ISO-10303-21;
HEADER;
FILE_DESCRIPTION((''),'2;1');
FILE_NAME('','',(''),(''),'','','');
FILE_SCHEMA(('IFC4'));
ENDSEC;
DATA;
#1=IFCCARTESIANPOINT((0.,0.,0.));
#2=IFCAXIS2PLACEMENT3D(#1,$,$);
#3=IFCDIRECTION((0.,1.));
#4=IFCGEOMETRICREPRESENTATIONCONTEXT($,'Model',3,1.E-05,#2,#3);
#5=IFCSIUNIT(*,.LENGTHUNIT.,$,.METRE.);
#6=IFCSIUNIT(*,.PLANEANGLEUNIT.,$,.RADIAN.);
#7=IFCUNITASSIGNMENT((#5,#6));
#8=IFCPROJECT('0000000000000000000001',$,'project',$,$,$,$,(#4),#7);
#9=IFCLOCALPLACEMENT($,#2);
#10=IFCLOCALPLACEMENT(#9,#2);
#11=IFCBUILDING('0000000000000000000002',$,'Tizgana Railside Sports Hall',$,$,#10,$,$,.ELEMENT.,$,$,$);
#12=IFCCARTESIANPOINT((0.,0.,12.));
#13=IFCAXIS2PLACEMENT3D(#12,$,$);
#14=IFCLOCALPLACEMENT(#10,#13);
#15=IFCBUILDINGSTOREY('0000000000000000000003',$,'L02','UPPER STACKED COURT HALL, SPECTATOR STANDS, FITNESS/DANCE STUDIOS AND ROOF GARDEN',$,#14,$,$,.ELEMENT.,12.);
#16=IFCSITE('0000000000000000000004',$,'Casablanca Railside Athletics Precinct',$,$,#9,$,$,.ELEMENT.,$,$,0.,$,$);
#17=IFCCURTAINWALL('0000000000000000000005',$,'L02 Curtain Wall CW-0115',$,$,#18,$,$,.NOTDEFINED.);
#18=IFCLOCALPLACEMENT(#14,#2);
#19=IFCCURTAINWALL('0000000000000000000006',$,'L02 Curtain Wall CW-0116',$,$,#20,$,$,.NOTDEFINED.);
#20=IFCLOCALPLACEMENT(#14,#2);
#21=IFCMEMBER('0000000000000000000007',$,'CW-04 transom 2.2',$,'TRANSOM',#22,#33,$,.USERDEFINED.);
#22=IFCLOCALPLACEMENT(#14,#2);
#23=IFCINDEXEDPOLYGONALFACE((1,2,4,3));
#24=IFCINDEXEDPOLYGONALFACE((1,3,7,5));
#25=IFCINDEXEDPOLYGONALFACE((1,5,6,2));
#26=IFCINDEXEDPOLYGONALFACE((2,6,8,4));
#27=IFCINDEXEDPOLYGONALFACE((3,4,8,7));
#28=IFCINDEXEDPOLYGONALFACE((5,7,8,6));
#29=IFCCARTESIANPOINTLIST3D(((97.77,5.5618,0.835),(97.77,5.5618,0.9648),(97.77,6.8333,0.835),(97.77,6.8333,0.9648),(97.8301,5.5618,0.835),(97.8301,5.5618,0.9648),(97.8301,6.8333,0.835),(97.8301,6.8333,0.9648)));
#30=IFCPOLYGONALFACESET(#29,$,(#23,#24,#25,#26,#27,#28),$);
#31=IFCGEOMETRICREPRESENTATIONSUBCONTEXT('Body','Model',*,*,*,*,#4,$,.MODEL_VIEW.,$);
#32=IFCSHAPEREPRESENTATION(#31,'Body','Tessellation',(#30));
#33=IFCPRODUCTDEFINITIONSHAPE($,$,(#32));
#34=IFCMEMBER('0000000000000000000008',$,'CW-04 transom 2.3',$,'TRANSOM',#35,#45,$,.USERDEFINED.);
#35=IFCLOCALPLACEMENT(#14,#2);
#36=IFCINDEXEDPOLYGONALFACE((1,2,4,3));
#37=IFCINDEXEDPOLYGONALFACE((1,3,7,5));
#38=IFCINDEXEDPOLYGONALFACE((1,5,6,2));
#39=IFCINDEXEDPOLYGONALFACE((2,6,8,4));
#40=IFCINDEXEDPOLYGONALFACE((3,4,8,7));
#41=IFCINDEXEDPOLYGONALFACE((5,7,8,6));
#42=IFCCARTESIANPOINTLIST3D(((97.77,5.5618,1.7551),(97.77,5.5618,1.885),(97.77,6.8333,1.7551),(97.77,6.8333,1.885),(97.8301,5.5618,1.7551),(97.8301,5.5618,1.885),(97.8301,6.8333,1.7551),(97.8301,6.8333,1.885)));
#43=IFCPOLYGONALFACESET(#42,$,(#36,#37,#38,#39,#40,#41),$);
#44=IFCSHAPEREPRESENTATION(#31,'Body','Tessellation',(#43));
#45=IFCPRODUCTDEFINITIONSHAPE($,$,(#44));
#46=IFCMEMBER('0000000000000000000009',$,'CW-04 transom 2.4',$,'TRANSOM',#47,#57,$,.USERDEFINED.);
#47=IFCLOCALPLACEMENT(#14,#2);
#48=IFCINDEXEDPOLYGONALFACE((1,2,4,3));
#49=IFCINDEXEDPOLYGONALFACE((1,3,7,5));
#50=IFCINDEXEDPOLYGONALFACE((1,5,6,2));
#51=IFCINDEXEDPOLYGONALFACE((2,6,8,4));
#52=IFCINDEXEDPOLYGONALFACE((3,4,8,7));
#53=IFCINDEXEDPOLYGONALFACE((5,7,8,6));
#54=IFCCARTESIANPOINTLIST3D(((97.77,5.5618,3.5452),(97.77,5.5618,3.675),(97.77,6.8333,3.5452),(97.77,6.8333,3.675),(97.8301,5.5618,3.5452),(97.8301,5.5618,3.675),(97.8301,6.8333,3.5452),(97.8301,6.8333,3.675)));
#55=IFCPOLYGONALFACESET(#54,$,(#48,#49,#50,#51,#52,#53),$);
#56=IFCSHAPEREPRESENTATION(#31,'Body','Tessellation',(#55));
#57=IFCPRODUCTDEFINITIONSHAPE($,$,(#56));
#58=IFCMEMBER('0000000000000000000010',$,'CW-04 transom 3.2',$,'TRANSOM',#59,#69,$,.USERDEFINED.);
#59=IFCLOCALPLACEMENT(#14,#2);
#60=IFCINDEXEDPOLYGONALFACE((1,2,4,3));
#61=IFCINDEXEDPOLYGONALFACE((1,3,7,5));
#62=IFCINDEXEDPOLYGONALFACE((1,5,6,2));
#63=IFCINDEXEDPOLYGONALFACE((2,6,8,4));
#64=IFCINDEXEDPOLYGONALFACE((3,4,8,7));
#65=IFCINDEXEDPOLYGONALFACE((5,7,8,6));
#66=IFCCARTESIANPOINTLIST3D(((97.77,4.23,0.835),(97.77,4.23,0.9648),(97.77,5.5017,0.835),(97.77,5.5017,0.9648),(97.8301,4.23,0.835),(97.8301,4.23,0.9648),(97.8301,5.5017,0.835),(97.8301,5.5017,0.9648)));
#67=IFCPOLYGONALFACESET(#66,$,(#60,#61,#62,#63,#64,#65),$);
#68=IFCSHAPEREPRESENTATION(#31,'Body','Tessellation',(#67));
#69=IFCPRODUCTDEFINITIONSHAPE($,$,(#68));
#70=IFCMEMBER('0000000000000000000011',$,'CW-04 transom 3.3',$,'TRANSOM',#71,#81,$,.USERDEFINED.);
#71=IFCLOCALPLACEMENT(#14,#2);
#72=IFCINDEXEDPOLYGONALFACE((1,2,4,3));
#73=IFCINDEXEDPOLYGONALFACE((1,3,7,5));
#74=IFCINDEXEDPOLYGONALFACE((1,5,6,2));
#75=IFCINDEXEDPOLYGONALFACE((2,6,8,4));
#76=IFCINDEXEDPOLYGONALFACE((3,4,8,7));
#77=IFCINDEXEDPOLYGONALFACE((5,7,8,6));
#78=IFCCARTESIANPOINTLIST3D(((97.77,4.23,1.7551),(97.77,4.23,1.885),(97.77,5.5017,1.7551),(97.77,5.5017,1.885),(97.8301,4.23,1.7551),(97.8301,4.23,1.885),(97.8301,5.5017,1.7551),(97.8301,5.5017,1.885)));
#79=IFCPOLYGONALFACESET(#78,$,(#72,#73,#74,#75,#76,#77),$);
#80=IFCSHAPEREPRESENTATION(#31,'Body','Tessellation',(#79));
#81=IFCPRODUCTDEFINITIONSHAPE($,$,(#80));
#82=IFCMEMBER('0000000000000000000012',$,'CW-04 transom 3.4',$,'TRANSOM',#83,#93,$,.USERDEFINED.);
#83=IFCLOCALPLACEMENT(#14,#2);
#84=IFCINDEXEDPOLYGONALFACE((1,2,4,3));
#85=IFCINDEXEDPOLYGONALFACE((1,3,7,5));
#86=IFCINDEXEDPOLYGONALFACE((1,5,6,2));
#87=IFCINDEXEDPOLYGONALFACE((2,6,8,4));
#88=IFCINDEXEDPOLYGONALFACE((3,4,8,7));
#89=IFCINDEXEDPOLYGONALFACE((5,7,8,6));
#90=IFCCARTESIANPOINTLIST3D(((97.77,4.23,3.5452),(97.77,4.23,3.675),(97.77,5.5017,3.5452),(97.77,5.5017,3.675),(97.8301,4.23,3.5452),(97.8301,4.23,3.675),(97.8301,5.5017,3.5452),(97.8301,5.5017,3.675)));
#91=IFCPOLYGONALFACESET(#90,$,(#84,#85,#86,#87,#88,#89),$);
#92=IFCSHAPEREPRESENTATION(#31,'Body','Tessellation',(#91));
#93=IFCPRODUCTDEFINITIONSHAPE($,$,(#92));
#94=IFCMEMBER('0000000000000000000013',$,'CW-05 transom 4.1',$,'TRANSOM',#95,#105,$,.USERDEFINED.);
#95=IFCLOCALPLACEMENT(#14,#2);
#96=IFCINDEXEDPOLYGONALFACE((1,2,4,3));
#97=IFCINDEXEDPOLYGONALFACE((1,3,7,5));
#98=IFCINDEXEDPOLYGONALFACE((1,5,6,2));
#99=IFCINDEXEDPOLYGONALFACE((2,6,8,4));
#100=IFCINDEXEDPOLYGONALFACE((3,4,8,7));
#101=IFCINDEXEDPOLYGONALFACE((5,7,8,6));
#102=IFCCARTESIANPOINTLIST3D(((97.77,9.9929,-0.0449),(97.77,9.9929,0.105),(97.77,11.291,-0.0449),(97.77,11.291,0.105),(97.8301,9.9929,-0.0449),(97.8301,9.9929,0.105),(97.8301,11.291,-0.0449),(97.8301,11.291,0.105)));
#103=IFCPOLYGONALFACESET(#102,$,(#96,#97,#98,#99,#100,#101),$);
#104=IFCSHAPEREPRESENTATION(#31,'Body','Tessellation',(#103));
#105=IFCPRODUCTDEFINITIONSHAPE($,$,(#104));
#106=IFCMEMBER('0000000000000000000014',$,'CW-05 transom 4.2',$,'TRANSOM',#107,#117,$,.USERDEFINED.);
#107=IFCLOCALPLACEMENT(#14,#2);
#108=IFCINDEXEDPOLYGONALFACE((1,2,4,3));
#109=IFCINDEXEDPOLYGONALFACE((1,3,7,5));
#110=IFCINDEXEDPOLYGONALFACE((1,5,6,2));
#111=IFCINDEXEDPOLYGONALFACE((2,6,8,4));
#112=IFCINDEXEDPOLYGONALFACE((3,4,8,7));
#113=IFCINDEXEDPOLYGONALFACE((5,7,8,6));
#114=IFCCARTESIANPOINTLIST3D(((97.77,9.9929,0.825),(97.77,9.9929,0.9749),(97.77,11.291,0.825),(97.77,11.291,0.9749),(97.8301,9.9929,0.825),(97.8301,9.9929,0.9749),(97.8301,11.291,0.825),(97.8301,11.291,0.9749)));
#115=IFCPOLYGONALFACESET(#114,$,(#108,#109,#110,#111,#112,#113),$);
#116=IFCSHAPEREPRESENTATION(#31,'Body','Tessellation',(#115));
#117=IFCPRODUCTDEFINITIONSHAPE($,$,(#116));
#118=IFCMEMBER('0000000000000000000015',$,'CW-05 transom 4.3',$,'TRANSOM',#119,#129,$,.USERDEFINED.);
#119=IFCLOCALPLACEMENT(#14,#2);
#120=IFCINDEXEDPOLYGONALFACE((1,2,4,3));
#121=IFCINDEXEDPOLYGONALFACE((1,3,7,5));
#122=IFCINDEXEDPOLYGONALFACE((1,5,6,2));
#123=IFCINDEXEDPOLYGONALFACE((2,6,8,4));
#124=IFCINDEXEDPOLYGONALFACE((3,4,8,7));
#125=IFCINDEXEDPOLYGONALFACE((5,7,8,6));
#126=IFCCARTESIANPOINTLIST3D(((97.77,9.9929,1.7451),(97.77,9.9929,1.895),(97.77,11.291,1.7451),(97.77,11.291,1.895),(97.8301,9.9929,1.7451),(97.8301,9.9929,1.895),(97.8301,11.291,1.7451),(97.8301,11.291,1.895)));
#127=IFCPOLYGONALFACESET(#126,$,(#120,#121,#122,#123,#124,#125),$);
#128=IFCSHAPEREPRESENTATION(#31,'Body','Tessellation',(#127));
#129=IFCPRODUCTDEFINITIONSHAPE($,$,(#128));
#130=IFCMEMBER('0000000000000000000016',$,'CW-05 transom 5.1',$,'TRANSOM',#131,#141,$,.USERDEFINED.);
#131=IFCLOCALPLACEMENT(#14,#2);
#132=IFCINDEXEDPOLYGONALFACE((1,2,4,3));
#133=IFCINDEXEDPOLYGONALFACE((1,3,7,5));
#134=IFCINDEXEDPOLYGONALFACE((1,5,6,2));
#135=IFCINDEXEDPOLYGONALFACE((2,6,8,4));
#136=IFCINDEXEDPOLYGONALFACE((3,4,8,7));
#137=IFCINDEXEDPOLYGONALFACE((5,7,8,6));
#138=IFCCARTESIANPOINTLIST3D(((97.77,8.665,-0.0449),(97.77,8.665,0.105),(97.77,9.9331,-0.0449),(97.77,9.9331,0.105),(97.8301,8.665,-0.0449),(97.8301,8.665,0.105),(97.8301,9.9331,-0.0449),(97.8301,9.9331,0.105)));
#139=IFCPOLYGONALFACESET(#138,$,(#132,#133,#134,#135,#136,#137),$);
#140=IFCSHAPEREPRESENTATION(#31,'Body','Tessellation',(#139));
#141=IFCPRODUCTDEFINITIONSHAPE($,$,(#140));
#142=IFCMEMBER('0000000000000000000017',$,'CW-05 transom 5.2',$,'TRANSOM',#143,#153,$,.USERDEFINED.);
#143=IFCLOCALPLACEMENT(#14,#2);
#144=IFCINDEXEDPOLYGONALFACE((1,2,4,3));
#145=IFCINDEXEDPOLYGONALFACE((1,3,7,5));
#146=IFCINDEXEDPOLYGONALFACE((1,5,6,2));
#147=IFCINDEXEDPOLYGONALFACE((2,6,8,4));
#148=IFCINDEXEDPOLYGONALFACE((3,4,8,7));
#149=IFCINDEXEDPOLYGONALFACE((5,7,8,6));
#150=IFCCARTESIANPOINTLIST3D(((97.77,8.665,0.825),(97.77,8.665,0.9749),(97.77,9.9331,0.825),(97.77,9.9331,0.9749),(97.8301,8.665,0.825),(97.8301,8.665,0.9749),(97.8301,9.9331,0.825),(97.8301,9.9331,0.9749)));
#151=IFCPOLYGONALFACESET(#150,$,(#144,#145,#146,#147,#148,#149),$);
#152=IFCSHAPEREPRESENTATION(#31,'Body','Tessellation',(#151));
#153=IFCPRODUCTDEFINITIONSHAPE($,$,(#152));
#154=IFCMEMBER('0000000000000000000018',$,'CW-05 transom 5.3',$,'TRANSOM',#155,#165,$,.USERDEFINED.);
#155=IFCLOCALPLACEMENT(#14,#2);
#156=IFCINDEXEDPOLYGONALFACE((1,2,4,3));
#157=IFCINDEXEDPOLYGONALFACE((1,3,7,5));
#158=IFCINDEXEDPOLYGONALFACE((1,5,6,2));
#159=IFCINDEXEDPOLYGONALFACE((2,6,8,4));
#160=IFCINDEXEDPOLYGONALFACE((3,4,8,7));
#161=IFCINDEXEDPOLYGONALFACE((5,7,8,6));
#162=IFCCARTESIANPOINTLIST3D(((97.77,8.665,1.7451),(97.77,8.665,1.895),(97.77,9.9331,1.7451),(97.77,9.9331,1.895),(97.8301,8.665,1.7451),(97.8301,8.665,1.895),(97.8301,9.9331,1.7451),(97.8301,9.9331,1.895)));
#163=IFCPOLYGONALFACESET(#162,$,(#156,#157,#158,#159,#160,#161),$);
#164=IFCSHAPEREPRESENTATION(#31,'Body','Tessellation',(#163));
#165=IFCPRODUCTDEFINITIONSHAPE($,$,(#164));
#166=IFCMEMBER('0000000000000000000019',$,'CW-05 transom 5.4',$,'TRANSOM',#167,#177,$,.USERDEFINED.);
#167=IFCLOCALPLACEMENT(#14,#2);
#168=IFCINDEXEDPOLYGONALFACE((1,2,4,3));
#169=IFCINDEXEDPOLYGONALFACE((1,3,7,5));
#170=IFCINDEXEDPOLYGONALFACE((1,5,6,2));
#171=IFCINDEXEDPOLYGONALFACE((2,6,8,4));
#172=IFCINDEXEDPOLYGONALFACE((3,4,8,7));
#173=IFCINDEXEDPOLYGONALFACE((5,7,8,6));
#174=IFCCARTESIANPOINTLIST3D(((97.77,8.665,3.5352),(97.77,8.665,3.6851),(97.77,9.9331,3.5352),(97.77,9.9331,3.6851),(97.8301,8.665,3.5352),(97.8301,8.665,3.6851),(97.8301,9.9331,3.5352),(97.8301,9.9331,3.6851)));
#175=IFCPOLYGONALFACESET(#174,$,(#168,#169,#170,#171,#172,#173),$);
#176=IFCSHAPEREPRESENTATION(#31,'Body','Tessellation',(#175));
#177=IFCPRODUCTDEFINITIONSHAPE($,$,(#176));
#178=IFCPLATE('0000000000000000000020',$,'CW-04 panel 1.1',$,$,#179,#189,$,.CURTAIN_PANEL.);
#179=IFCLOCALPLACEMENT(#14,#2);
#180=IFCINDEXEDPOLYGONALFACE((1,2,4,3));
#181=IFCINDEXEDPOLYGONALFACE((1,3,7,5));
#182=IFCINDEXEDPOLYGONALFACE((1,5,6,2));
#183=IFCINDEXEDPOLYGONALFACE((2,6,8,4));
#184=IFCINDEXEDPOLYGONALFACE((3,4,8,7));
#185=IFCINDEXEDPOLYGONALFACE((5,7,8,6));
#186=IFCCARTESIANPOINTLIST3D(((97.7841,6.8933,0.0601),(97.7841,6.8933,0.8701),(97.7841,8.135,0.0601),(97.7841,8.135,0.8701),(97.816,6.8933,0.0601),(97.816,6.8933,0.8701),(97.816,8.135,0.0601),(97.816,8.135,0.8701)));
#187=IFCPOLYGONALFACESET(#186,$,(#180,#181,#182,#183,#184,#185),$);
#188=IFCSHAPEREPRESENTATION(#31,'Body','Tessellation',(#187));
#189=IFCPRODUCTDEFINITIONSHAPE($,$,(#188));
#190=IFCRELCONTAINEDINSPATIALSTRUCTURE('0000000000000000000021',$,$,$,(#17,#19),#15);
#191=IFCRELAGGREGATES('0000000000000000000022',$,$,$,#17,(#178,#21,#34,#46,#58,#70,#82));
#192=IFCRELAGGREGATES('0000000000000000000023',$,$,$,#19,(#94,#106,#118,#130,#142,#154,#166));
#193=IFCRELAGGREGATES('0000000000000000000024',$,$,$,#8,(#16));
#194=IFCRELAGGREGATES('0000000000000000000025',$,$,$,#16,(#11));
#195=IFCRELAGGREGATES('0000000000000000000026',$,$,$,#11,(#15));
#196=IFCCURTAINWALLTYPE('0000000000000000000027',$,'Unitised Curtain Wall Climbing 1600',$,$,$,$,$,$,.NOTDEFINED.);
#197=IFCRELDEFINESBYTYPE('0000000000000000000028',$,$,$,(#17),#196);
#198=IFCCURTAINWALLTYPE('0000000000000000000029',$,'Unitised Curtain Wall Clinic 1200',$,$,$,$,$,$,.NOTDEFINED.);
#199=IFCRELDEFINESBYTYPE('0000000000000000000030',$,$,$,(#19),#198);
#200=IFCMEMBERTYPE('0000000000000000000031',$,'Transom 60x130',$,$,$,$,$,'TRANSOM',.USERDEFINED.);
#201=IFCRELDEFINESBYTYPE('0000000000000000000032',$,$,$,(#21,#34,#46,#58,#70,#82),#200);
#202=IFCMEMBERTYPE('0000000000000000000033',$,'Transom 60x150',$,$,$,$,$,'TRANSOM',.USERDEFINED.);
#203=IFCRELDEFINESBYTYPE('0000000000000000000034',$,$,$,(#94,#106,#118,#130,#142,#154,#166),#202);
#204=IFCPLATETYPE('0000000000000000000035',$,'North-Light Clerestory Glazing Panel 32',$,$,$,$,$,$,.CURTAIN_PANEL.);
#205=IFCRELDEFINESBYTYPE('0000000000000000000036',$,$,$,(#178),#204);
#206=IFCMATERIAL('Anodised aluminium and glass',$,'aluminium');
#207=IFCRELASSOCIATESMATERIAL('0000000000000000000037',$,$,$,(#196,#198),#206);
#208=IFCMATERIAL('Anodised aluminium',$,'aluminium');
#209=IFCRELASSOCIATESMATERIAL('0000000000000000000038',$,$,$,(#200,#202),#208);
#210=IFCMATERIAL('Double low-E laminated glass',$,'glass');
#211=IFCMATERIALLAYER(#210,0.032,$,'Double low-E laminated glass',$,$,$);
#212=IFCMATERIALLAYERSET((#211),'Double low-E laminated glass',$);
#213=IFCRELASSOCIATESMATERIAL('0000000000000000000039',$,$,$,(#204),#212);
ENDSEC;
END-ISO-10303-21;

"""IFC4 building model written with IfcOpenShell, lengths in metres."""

from ifc_helpers import new_model, si_unit, direction, frame, origin, origin_2d, place, context, subcontext, project, spatial, rectangle, extrude, material, layer, layer_set, material_profile, profile_set, type_object, element, aggregate, save


model = new_model("IFC4")

# Units and contexts
model_context = context("Model", 3, precision=1e-05, world=origin(), true_north=direction((0.0, 1.0)))
body_context = subcontext(model_context, "Body", "Model", "MODEL_VIEW")
ifc_project = project(units=[si_unit("LENGTHUNIT", "METRE"), si_unit("PLANEANGLEUNIT", "RADIAN")], contexts=[model_context])

# Site, building, storey
site_placement = place(None, origin())
site = spatial("IfcSite", under=ifc_project, at=site_placement, Name="Casablanca Railside Athletics Precinct", CompositionType="ELEMENT", RefElevation=0.0)
building_placement = place(site_placement, origin())
building = spatial("IfcBuilding", under=site, at=building_placement, Name="Tizgana Railside Sports Hall", CompositionType="ELEMENT")
storey_placement = place(building_placement, frame((0.0, 0.0, 12.0)))
storey = spatial("IfcBuildingStorey", under=building, at=storey_placement, Name="L02", Description="UPPER STACKED COURT HALL, SPECTATOR STANDS, FITNESS/DANCE STUDIOS AND ROOF GARDEN", CompositionType="ELEMENT", Elevation=12.0)

# Curtain walls
ifc_material_1 = material(Name="Anodised aluminium and glass", Category="aluminium")
curtain_wall_type_1 = type_object("IfcCurtainWallType", Name="Unitised Curtain Wall Climbing 1600", PredefinedType="NOTDEFINED", material=ifc_material_1)
curtain_wall_1_placement = place(storey_placement, origin())
curtain_wall_1 = element("IfcCurtainWall", 1, at=curtain_wall_1_placement, inside=storey, type_object=curtain_wall_type_1, Name="L02 Curtain Wall CW-0115", PredefinedType="NOTDEFINED")
ifc_material_2 = material(Name="Anodised aluminium", Category="aluminium")
curtain_wall_type_2 = type_object("IfcCurtainWallType", Name="Unitised Curtain Wall Clinic 1200", PredefinedType="NOTDEFINED", material=ifc_material_1)
curtain_wall_2_placement = place(storey_placement, origin())
curtain_wall_2 = element("IfcCurtainWall", 2, at=curtain_wall_2_placement, inside=storey, type_object=curtain_wall_type_2, Name="L02 Curtain Wall CW-0116", PredefinedType="NOTDEFINED")

# Members
ifc_material_profile_1 = material_profile(ifc_material_2, rectangle(XDim=0.0601, YDim=0.1299, at=origin_2d()), Name="Transom 60x130")
ifc_profile_set_1 = profile_set([ifc_material_profile_1], Name="Anodised aluminium")
member_type_1 = type_object("IfcMemberType", Name="Transom 60x130", ElementType="TRANSOM", PredefinedType="USERDEFINED", material=ifc_profile_set_1)
member_1_placement = place(storey_placement, frame((97.8, 6.8333, 0.8999), z_axis=(0.0, -1.0, 0.0), x_axis=(1.0, 0.0, 0.0)))
member_1 = element("IfcMember", 3, at=member_1_placement, type_object=member_type_1, Name="CW-04 transom 2.2", ObjectType="TRANSOM", PredefinedType="USERDEFINED", context=body_context, shape_type="SweptSolid", body=[
    extrude(rectangle(XDim=0.0601, YDim=0.1299, at=origin_2d()), origin(), (0.0, 0.0, 1.0), 1.2715),
])
member_2_placement = place(storey_placement, frame((97.8, 6.8333, 1.8201), z_axis=(0.0, -1.0, 0.0), x_axis=(1.0, 0.0, 0.0)))
member_2 = element("IfcMember", 4, at=member_2_placement, type_object=member_type_1, Name="CW-04 transom 2.3", ObjectType="TRANSOM", PredefinedType="USERDEFINED", context=body_context, shape_type="SweptSolid", body=[
    extrude(rectangle(XDim=0.0601, YDim=0.1299, at=origin_2d()), origin(), (0.0, 0.0, 1.0), 1.2715),
])
member_3_placement = place(storey_placement, frame((97.8, 6.8333, 3.6101), z_axis=(0.0, -1.0, 0.0), x_axis=(1.0, 0.0, 0.0)))
member_3 = element("IfcMember", 5, at=member_3_placement, type_object=member_type_1, Name="CW-04 transom 2.4", ObjectType="TRANSOM", PredefinedType="USERDEFINED", context=body_context, shape_type="SweptSolid", body=[
    extrude(rectangle(XDim=0.0601, YDim=0.1299, at=origin_2d()), origin(), (0.0, 0.0, 1.0), 1.2715),
])
member_4_placement = place(storey_placement, frame((97.8, 5.5017, 0.8999), z_axis=(0.0, -1.0, 0.0), x_axis=(1.0, 0.0, 0.0)))
member_4 = element("IfcMember", 6, at=member_4_placement, type_object=member_type_1, Name="CW-04 transom 3.2", ObjectType="TRANSOM", PredefinedType="USERDEFINED", context=body_context, shape_type="SweptSolid", body=[
    extrude(rectangle(XDim=0.0601, YDim=0.1299, at=origin_2d()), origin(), (0.0, 0.0, 1.0), 1.2717),
])
member_5_placement = place(storey_placement, frame((97.8, 5.5017, 1.8201), z_axis=(0.0, -1.0, 0.0), x_axis=(1.0, 0.0, 0.0)))
member_5 = element("IfcMember", 7, at=member_5_placement, type_object=member_type_1, Name="CW-04 transom 3.3", ObjectType="TRANSOM", PredefinedType="USERDEFINED", context=body_context, shape_type="SweptSolid", body=[
    extrude(rectangle(XDim=0.0601, YDim=0.1299, at=origin_2d()), origin(), (0.0, 0.0, 1.0), 1.2717),
])
member_6_placement = place(storey_placement, frame((97.8, 5.5017, 3.6101), z_axis=(0.0, -1.0, 0.0), x_axis=(1.0, 0.0, 0.0)))
member_6 = element("IfcMember", 8, at=member_6_placement, type_object=member_type_1, Name="CW-04 transom 3.4", ObjectType="TRANSOM", PredefinedType="USERDEFINED", context=body_context, shape_type="SweptSolid", body=[
    extrude(rectangle(XDim=0.0601, YDim=0.1299, at=origin_2d()), origin(), (0.0, 0.0, 1.0), 1.2717),
])
ifc_material_profile_2 = material_profile(ifc_material_2, rectangle(XDim=0.0601, YDim=0.1499, at=origin_2d()), Name="Transom 60x150")
ifc_profile_set_2 = profile_set([ifc_material_profile_2], Name="Anodised aluminium")
member_type_2 = type_object("IfcMemberType", Name="Transom 60x150", ElementType="TRANSOM", PredefinedType="USERDEFINED", material=ifc_profile_set_2)
member_7_placement = place(storey_placement, frame((97.8, 11.291, 0.03), z_axis=(0.0, -1.0, 0.0), x_axis=(1.0, 0.0, 0.0)))
member_7 = element("IfcMember", 9, at=member_7_placement, type_object=member_type_2, Name="CW-05 transom 4.1", ObjectType="TRANSOM", PredefinedType="USERDEFINED", context=body_context, shape_type="SweptSolid", body=[
    extrude(rectangle(XDim=0.0601, YDim=0.1499, at=origin_2d()), origin(), (0.0, 0.0, 1.0), 1.2981),
])
member_8_placement = place(storey_placement, frame((97.8, 11.291, 0.8999), z_axis=(0.0, -1.0, 0.0), x_axis=(1.0, 0.0, 0.0)))
member_8 = element("IfcMember", 10, at=member_8_placement, type_object=member_type_2, Name="CW-05 transom 4.2", ObjectType="TRANSOM", PredefinedType="USERDEFINED", context=body_context, shape_type="SweptSolid", body=[
    extrude(rectangle(XDim=0.0601, YDim=0.1499, at=origin_2d()), origin(), (0.0, 0.0, 1.0), 1.2981),
])
member_9_placement = place(storey_placement, frame((97.8, 11.291, 1.8201), z_axis=(0.0, -1.0, 0.0), x_axis=(1.0, 0.0, 0.0)))
member_9 = element("IfcMember", 11, at=member_9_placement, type_object=member_type_2, Name="CW-05 transom 4.3", ObjectType="TRANSOM", PredefinedType="USERDEFINED", context=body_context, shape_type="SweptSolid", body=[
    extrude(rectangle(XDim=0.0601, YDim=0.1499, at=origin_2d()), origin(), (0.0, 0.0, 1.0), 1.2981),
])
member_10_placement = place(storey_placement, frame((97.8, 9.9331, 0.03), z_axis=(0.0, -1.0, 0.0), x_axis=(1.0, 0.0, 0.0)))
member_10 = element("IfcMember", 12, at=member_10_placement, type_object=member_type_2, Name="CW-05 transom 5.1", ObjectType="TRANSOM", PredefinedType="USERDEFINED", context=body_context, shape_type="SweptSolid", body=[
    extrude(rectangle(XDim=0.0601, YDim=0.1499, at=origin_2d()), origin(), (0.0, 0.0, 1.0), 1.2681),
])
member_11_placement = place(storey_placement, frame((97.8, 9.9331, 0.8999), z_axis=(0.0, -1.0, 0.0), x_axis=(1.0, 0.0, 0.0)))
member_11 = element("IfcMember", 13, at=member_11_placement, type_object=member_type_2, Name="CW-05 transom 5.2", ObjectType="TRANSOM", PredefinedType="USERDEFINED", context=body_context, shape_type="SweptSolid", body=[
    extrude(rectangle(XDim=0.0601, YDim=0.1499, at=origin_2d()), origin(), (0.0, 0.0, 1.0), 1.2681),
])
member_12_placement = place(storey_placement, frame((97.8, 9.9331, 1.8201), z_axis=(0.0, -1.0, 0.0), x_axis=(1.0, 0.0, 0.0)))
member_12 = element("IfcMember", 14, at=member_12_placement, type_object=member_type_2, Name="CW-05 transom 5.3", ObjectType="TRANSOM", PredefinedType="USERDEFINED", context=body_context, shape_type="SweptSolid", body=[
    extrude(rectangle(XDim=0.0601, YDim=0.1499, at=origin_2d()), origin(), (0.0, 0.0, 1.0), 1.2681),
])
member_13_placement = place(storey_placement, frame((97.8, 9.9331, 3.6101), z_axis=(0.0, -1.0, 0.0), x_axis=(1.0, 0.0, 0.0)))
member_13 = element("IfcMember", 15, at=member_13_placement, type_object=member_type_2, Name="CW-05 transom 5.4", ObjectType="TRANSOM", PredefinedType="USERDEFINED", context=body_context, shape_type="SweptSolid", body=[
    extrude(rectangle(XDim=0.0601, YDim=0.1499, at=origin_2d()), origin(), (0.0, 0.0, 1.0), 1.2681),
])

# Plate
ifc_material_3 = material(Name="Double low-E laminated glass", Category="glass")
ifc_layer_1 = layer(ifc_material_3, 0.032, Name="Double low-E laminated glass")
ifc_layer_set_1 = layer_set([ifc_layer_1], Name="Double low-E laminated glass")
plate_type_1 = type_object("IfcPlateType", Name="North-Light Clerestory Glazing Panel 32", PredefinedType="CURTAIN_PANEL", material=ifc_layer_set_1)
plate_1_placement = place(storey_placement, frame((97.8, 7.5142, 0.0601), z_axis=(0.0, 0.0, 1.0), x_axis=(0.0, -1.0, 0.0)))
plate_1 = element("IfcPlate", 16, at=plate_1_placement, type_object=plate_type_1, Name="CW-04 panel 1.1", PredefinedType="CURTAIN_PANEL", context=body_context, shape_type="SweptSolid", body=[
    extrude(rectangle(XDim=1.2417, YDim=0.032, at=origin_2d()), origin(), (0.0, 0.0, 1.0), 0.8101),
])
aggregate(curtain_wall_1, [plate_1, member_1, member_2, member_3, member_4, member_5, member_6])
aggregate(curtain_wall_2, [member_7, member_8, member_9, member_10, member_11, member_12, member_13])

save(model, "model.ifc")
